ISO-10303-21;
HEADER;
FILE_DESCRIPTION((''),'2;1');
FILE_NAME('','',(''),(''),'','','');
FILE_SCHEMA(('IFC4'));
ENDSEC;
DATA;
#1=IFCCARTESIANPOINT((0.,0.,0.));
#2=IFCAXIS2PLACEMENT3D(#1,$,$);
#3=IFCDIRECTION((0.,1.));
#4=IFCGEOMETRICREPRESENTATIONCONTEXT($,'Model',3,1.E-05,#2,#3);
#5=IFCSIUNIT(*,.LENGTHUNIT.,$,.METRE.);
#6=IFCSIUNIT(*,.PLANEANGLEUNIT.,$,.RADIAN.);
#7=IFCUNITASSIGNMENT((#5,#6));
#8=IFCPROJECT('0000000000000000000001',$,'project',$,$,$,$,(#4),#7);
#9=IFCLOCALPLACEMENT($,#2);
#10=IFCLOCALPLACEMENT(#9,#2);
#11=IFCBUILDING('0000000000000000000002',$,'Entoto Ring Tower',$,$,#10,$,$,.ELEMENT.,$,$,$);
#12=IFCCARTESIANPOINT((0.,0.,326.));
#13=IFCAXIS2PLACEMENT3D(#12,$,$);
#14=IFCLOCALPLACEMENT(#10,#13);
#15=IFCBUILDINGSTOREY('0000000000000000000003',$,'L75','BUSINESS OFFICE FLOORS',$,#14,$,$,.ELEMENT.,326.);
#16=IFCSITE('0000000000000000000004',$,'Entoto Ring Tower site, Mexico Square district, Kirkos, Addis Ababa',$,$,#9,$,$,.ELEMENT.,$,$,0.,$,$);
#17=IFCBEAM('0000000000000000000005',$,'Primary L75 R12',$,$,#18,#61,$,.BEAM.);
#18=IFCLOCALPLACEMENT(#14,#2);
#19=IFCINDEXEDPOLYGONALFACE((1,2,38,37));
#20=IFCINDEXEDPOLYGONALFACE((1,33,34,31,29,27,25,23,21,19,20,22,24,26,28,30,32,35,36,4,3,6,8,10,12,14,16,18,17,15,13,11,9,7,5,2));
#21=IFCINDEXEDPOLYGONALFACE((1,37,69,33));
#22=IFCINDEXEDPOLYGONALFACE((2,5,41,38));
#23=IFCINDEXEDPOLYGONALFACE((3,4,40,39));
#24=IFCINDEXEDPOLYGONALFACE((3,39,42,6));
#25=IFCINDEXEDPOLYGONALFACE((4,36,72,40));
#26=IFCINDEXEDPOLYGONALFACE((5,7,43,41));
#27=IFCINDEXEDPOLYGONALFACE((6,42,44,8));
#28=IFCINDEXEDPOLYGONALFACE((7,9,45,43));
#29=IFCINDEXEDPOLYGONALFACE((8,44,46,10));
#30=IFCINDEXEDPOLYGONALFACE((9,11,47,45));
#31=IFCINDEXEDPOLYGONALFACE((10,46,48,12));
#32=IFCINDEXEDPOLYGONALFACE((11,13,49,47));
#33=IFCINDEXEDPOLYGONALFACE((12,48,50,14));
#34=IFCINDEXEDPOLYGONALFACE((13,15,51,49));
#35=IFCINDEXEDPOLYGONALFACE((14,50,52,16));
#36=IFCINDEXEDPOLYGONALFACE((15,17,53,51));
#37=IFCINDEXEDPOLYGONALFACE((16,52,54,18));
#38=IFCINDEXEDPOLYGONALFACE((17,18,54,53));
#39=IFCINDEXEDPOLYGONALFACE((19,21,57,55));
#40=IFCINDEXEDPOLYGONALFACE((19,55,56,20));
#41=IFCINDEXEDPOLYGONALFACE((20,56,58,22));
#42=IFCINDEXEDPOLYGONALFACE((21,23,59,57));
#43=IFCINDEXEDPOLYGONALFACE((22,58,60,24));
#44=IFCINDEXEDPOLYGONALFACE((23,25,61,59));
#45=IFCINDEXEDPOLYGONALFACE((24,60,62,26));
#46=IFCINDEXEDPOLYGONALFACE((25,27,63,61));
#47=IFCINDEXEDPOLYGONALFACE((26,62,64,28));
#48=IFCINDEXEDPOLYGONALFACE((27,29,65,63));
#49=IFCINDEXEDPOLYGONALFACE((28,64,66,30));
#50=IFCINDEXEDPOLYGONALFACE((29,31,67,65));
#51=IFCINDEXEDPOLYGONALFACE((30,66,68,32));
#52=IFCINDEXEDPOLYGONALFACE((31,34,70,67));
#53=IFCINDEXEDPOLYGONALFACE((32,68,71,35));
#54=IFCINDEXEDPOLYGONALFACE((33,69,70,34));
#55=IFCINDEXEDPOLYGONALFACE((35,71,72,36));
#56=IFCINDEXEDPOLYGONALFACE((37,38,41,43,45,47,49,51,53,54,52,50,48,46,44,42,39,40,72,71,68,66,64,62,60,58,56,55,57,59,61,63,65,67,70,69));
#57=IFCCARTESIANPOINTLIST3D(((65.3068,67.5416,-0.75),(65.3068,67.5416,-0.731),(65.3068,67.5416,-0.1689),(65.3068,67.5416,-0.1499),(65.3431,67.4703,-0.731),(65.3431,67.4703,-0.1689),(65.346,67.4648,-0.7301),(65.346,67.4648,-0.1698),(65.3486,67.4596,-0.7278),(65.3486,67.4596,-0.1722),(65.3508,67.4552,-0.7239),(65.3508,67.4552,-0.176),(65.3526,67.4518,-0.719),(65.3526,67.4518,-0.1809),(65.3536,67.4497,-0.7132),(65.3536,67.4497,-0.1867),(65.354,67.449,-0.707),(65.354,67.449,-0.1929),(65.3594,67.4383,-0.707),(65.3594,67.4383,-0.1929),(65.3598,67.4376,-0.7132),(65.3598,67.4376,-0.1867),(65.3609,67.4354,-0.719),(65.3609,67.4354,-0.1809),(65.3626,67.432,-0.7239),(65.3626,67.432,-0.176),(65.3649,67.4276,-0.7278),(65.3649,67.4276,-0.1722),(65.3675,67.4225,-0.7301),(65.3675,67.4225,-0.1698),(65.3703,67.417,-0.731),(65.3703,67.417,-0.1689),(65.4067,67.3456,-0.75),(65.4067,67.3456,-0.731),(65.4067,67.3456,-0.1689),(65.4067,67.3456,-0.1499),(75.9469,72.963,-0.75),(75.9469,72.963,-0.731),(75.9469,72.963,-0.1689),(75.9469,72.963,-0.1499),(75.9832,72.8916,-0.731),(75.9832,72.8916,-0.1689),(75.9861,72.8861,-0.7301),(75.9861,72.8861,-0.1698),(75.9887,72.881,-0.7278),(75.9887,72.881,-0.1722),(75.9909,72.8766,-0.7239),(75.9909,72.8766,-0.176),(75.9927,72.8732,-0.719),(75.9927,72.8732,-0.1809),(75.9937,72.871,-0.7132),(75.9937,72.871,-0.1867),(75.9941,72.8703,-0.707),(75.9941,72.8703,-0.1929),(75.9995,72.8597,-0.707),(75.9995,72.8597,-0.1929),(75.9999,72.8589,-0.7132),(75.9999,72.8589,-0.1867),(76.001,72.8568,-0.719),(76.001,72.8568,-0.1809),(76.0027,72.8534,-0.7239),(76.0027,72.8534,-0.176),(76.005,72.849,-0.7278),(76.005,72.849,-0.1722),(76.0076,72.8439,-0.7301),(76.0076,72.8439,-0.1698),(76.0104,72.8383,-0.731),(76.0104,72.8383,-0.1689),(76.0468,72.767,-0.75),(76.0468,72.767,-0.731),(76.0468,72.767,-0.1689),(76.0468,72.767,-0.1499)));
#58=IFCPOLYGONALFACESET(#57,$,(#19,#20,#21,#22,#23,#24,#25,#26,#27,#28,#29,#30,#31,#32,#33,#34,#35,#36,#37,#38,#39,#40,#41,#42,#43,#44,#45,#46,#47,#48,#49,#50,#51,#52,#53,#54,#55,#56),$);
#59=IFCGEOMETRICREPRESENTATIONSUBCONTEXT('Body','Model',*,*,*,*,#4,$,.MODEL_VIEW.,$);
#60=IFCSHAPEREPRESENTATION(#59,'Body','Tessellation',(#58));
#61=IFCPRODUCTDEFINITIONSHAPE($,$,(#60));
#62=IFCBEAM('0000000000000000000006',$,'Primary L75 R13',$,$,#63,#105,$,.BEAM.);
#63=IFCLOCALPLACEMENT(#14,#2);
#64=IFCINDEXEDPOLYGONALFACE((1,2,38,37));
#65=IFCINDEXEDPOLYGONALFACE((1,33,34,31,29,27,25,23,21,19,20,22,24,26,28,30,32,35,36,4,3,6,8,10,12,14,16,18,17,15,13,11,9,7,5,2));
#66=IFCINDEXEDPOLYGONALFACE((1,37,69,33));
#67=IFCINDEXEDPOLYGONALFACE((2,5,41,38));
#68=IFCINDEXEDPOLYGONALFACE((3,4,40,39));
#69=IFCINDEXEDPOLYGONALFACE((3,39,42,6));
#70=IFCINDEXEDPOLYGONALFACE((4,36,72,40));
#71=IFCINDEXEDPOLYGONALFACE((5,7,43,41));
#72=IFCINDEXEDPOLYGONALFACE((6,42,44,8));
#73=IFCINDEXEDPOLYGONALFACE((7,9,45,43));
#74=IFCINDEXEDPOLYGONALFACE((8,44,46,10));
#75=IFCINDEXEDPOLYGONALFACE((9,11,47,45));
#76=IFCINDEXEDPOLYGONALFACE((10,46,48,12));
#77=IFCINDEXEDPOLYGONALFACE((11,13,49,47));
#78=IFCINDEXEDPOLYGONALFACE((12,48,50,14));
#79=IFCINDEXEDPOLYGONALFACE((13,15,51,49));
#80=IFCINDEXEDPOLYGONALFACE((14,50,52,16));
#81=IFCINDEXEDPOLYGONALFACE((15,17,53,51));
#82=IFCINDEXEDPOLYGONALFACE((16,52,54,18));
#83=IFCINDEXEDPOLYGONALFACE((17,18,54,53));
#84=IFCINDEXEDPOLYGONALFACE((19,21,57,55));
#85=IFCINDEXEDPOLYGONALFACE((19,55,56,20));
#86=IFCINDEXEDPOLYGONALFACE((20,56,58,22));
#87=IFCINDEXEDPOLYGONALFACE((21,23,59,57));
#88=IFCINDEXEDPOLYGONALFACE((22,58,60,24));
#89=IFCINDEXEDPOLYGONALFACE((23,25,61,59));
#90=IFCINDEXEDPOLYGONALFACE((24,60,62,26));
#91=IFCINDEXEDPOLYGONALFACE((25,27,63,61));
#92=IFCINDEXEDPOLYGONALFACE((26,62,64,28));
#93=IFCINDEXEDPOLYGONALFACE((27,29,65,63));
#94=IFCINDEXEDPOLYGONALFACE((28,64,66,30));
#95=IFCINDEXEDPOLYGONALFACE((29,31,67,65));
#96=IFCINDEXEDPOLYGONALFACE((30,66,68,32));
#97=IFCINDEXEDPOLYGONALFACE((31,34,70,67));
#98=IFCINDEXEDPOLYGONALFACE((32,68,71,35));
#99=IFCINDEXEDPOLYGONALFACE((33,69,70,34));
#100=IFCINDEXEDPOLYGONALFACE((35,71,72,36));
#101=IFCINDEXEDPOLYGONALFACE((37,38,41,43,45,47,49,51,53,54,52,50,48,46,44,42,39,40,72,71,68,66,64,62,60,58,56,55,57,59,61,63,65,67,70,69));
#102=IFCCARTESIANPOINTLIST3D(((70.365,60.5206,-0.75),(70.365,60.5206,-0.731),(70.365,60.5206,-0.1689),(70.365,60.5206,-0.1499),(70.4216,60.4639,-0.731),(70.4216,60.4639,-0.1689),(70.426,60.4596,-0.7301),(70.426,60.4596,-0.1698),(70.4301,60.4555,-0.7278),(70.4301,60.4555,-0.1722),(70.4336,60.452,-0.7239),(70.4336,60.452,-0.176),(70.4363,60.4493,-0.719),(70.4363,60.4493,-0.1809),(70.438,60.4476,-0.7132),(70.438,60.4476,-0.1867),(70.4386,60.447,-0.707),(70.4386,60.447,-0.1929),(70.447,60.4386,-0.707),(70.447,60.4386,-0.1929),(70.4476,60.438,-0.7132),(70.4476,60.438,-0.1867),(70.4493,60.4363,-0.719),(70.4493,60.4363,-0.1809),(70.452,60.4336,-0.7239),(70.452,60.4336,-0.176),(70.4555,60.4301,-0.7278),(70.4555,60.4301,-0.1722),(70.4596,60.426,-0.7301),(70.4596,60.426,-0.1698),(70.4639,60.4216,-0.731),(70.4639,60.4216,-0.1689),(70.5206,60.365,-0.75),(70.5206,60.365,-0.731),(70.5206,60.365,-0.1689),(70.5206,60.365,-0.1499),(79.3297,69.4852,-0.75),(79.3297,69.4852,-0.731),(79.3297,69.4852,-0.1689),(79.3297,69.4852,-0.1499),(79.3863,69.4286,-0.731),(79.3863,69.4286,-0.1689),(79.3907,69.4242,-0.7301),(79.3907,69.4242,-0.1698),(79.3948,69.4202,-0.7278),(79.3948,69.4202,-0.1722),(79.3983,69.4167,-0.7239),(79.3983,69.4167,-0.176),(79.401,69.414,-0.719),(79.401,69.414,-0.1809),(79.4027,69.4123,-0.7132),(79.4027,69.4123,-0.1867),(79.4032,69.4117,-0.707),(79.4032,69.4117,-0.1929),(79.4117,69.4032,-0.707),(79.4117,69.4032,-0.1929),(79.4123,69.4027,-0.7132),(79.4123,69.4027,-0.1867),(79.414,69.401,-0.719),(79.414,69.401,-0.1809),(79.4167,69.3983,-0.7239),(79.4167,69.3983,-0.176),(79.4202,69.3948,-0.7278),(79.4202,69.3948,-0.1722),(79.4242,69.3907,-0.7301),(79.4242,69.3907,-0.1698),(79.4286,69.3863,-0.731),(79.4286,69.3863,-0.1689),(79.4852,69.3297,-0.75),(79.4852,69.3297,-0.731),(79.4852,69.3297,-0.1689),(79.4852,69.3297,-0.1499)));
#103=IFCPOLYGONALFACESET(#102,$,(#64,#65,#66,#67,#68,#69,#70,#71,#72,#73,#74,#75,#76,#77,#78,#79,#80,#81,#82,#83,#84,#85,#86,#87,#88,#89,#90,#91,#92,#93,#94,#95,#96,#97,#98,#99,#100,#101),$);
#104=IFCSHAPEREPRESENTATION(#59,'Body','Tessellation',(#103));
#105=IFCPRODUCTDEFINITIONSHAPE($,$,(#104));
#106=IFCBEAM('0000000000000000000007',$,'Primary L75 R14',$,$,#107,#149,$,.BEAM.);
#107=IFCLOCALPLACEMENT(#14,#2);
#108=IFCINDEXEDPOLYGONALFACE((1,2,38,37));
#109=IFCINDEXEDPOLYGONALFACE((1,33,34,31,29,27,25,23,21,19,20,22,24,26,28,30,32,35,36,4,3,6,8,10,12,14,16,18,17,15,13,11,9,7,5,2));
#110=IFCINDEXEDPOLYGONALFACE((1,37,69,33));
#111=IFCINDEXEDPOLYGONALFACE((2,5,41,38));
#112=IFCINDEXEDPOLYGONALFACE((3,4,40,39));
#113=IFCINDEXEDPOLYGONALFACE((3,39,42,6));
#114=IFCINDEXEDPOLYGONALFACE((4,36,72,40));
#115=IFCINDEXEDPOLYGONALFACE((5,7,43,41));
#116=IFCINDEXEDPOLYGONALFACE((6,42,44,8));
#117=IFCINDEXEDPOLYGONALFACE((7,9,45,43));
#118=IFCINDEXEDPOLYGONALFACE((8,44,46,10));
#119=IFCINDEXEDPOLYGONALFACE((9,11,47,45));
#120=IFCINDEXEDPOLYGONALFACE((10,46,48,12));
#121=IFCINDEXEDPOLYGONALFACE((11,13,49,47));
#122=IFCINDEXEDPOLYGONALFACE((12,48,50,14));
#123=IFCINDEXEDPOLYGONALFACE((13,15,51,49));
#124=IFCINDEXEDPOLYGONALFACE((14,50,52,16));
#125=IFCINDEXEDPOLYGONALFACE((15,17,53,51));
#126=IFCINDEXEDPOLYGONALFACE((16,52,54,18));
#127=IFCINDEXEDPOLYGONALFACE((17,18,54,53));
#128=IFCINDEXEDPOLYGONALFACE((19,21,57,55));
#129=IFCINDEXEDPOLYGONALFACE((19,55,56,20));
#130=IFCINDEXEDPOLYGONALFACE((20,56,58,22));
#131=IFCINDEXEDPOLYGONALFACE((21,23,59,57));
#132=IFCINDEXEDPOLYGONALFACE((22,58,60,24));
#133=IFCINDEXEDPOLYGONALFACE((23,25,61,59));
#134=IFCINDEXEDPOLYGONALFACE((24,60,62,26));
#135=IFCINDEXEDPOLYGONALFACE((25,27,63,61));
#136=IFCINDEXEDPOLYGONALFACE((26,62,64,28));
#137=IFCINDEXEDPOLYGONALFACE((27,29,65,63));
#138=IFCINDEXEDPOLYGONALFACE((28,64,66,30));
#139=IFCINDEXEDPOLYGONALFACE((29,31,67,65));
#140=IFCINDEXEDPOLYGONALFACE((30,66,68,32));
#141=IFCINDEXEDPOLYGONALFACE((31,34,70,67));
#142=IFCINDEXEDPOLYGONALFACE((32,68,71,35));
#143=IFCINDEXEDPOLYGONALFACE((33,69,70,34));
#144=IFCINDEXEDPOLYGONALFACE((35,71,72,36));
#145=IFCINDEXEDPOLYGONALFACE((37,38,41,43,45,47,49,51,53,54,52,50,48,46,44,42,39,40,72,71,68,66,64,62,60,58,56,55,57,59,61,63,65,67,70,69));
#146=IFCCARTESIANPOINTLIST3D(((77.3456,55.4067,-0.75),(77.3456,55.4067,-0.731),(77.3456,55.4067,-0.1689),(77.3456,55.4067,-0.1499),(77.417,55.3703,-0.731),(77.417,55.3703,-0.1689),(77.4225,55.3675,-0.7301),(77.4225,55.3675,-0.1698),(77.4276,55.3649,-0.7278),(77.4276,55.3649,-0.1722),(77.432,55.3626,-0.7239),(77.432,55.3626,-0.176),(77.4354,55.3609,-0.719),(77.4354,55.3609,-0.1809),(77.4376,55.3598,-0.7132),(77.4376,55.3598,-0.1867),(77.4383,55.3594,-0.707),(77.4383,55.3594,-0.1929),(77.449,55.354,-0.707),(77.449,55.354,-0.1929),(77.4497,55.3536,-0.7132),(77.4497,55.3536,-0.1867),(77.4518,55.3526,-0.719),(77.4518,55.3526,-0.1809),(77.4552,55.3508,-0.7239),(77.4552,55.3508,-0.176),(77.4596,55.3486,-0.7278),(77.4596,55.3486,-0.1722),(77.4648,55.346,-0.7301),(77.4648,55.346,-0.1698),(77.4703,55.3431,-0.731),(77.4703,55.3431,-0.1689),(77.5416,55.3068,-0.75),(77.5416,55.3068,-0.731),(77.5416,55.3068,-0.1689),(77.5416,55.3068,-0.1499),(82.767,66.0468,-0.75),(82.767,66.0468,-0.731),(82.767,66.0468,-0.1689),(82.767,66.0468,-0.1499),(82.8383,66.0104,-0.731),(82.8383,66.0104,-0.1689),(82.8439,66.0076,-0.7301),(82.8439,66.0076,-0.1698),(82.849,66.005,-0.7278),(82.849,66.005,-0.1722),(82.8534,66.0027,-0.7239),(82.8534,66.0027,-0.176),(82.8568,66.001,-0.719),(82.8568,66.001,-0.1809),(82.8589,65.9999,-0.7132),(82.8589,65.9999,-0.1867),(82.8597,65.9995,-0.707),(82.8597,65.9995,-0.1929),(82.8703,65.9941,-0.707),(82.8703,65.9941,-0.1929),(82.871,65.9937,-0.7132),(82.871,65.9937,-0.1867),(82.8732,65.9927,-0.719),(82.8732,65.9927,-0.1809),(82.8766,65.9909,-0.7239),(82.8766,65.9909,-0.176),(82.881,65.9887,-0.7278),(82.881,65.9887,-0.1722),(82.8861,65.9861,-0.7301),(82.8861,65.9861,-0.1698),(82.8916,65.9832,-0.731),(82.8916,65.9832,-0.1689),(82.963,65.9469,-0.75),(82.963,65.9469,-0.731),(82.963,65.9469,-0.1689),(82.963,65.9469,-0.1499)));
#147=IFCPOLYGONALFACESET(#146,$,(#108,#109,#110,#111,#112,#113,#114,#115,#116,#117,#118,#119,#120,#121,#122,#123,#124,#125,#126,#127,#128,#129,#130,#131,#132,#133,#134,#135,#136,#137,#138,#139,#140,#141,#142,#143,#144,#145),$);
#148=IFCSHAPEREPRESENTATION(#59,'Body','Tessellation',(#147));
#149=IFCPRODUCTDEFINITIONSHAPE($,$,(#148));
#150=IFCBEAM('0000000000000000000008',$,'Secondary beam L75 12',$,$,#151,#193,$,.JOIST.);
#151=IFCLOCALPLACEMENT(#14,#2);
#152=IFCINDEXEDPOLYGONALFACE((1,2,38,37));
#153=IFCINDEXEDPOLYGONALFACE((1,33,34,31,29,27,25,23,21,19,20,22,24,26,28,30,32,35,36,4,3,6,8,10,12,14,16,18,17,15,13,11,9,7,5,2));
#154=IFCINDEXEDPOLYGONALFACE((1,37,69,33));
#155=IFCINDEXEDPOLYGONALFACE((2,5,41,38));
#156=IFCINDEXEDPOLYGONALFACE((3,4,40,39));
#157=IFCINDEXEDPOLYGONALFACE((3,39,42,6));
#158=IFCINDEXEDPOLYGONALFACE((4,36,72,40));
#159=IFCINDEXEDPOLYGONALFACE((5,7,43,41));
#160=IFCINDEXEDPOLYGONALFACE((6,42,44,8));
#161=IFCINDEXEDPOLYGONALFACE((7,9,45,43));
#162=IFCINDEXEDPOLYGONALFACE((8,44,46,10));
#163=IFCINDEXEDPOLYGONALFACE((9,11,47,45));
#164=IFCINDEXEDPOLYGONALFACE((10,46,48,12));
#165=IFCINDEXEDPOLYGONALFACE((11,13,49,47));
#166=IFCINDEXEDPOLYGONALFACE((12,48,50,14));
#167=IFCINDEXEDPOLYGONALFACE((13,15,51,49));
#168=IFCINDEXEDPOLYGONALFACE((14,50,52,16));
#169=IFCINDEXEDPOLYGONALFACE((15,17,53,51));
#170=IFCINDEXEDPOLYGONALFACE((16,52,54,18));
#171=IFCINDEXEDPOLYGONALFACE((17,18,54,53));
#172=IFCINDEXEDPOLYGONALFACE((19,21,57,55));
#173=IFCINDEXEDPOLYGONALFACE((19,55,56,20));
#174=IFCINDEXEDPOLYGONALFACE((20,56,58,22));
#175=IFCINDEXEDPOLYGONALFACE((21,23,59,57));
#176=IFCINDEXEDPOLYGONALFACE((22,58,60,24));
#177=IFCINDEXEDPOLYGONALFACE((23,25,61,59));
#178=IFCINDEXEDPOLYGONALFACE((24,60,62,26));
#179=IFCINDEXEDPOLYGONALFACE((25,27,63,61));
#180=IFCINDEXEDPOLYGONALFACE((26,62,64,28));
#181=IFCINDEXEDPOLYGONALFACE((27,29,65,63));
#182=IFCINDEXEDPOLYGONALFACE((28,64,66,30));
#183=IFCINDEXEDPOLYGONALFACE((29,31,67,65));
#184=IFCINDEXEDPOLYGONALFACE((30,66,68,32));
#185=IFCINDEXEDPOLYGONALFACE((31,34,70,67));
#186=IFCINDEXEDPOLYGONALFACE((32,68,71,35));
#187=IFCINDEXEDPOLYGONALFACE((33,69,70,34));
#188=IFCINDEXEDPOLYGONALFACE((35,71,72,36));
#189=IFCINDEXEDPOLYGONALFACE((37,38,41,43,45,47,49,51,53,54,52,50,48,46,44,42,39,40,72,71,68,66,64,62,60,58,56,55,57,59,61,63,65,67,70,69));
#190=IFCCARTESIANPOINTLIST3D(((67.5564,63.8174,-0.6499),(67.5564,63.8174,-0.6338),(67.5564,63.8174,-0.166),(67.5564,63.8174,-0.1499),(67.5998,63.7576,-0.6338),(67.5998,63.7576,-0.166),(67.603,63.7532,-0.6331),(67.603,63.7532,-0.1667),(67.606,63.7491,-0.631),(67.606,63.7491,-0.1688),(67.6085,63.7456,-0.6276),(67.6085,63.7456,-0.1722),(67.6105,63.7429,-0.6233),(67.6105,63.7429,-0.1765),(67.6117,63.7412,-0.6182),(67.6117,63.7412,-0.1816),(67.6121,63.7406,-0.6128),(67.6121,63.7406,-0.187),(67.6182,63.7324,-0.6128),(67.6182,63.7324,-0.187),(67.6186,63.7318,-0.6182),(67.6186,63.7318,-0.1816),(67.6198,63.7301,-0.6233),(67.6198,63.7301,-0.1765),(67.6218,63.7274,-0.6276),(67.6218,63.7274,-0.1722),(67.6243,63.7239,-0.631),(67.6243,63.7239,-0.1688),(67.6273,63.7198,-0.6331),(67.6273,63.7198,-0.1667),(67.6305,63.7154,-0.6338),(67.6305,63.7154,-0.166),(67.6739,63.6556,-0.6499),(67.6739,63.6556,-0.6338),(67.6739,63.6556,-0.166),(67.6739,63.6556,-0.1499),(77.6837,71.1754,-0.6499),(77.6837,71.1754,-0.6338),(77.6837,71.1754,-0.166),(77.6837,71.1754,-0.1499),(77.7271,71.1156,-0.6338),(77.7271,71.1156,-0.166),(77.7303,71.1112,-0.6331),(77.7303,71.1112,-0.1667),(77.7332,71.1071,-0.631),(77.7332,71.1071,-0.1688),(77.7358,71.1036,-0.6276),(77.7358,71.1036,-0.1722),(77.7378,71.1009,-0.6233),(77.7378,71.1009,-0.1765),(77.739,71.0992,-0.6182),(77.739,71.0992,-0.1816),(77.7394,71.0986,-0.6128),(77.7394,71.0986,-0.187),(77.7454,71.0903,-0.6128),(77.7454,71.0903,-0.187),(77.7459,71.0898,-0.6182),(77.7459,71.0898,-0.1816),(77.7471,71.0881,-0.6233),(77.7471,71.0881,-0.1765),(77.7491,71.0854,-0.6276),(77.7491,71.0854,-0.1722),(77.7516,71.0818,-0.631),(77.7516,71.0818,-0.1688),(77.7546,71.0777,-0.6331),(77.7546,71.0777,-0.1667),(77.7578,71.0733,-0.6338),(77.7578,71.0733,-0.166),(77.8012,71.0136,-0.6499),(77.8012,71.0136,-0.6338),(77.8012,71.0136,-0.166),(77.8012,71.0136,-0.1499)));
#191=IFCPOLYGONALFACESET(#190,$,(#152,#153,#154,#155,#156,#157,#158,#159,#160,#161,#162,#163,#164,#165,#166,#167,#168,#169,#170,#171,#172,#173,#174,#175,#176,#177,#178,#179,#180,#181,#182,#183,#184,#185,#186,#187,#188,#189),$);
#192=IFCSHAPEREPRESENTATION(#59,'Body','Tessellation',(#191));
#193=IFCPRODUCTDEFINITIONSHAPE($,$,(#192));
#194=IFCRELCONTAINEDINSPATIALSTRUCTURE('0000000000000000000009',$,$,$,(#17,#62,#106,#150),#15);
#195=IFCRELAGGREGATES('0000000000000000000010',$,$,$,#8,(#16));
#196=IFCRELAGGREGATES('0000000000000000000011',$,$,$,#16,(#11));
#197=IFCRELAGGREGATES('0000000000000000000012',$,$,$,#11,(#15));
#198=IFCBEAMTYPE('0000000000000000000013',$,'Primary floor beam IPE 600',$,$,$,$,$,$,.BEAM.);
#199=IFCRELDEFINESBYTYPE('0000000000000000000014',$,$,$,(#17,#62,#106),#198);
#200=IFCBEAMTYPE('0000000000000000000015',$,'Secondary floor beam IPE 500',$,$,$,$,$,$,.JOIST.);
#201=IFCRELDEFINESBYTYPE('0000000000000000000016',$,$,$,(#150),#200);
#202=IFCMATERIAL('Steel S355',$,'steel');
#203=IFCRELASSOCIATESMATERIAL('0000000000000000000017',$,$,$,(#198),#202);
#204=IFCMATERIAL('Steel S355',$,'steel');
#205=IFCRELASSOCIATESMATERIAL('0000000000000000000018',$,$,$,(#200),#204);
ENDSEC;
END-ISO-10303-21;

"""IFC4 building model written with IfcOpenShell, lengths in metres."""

from ifc_helpers import new_model, si_unit, direction, frame, origin, origin_2d, place, context, subcontext, project, spatial, i_section, extrude, material, material_profile, profile_set, type_object, element, save


model = new_model("IFC4")

# Units and contexts
model_context = context("Model", 3, precision=1e-05, world=origin(), true_north=direction((0.0, 1.0)))
body_context = subcontext(model_context, "Body", "Model", "MODEL_VIEW")
ifc_project = project(units=[si_unit("LENGTHUNIT", "METRE"), si_unit("PLANEANGLEUNIT", "RADIAN")], contexts=[model_context])

# Site, building, storey
site_placement = place(None, origin())
site = spatial("IfcSite", under=ifc_project, at=site_placement, Name="Entoto Ring Tower site, Mexico Square district, Kirkos, Addis Ababa", CompositionType="ELEMENT", RefElevation=0.0)
building_placement = place(site_placement, origin())
building = spatial("IfcBuilding", under=site, at=building_placement, Name="Entoto Ring Tower", CompositionType="ELEMENT")
storey_placement = place(building_placement, frame((0.0, 0.0, 326.0)))
storey = spatial("IfcBuildingStorey", under=building, at=storey_placement, Name="L75", Description="BUSINESS OFFICE FLOORS", CompositionType="ELEMENT", Elevation=326.0)

# Beams
ifc_material_1 = material(Name="Steel S355", Category="steel")
ifc_material_profile_1 = material_profile(ifc_material_1, i_section(OverallWidth=0.22, OverallDepth=0.6001, WebThickness=0.012, FlangeThickness=0.019, FilletRadius=0.0239, at=origin_2d()), Name="IPE 600")
ifc_profile_set_1 = profile_set([ifc_material_profile_1], Name="Steel S355")
beam_type_1 = type_object("IfcBeamType", Name="Primary floor beam IPE 600", PredefinedType="BEAM", material=ifc_profile_set_1)
beam_1_placement = place(storey_placement, frame((75.9968, 72.865, -0.45), z_axis=(-0.891008, -0.453988, 0.0), x_axis=(0.453988, -0.891008, 0.0)))
element("IfcBeam", 1, at=beam_1_placement, inside=storey, type_object=beam_type_1, Name="Primary L75 R12", PredefinedType="BEAM", context=body_context, shape_type="SweptSolid", body=[
    extrude(i_section(OverallWidth=0.22, OverallDepth=0.6001, WebThickness=0.012, FlangeThickness=0.019, FilletRadius=0.0239, at=origin_2d()), origin(), (0.0, 0.0, 1.0), 11.9417),
])
beam_2_placement = place(storey_placement, frame((79.4075, 69.4075, -0.45), z_axis=(-0.707107, -0.707107, 0.0), x_axis=(0.707107, -0.707107, 0.0)))
element("IfcBeam", 2, at=beam_2_placement, inside=storey, type_object=beam_type_1, Name="Primary L75 R13", PredefinedType="BEAM", context=body_context, shape_type="SweptSolid", body=[
    extrude(i_section(OverallWidth=0.22, OverallDepth=0.6001, WebThickness=0.012, FlangeThickness=0.019, FilletRadius=0.0239, at=origin_2d()), origin(), (0.0, 0.0, 1.0), 12.678),
])
beam_3_placement = place(storey_placement, frame((82.865, 65.9968, -0.45), z_axis=(-0.453988, -0.891008, 0.0), x_axis=(0.891008, -0.453988, 0.0)))
element("IfcBeam", 3, at=beam_3_placement, inside=storey, type_object=beam_type_1, Name="Primary L75 R14", PredefinedType="BEAM", context=body_context, shape_type="SweptSolid", body=[
    extrude(i_section(OverallWidth=0.22, OverallDepth=0.6001, WebThickness=0.012, FlangeThickness=0.019, FilletRadius=0.0239, at=origin_2d()), origin(), (0.0, 0.0, 1.0), 11.9417),
])
ifc_material_2 = material(Name="Steel S355", Category="steel")
ifc_material_profile_2 = material_profile(ifc_material_2, i_section(OverallWidth=0.2, OverallDepth=0.5, WebThickness=0.0103, FlangeThickness=0.0161, FilletRadius=0.021, at=origin_2d()), Name="IPE 500")
ifc_profile_set_2 = profile_set([ifc_material_profile_2], Name="Steel S355")
beam_type_2 = type_object("IfcBeamType", Name="Secondary floor beam IPE 500", PredefinedType="JOIST", material=ifc_profile_set_2)
for number, where, z_axis, x_axis, name in (
    (4, (77.7424, 71.0945, -0.3999), (-0.809014, -0.587789, 0.0), (0.587789, -0.809014, 0.0), "Secondary beam L75 12"),
):
    element("IfcBeam", number, at=place(storey_placement, frame(where, z_axis=z_axis, x_axis=x_axis)), inside=storey, type_object=beam_type_2, Name=name, PredefinedType="JOIST", context=body_context, shape_type="SweptSolid", body=[
        extrude(i_section(OverallWidth=0.2, OverallDepth=0.5, WebThickness=0.0103, FlangeThickness=0.0161, FilletRadius=0.021, at=origin_2d()), origin(), (0.0, 0.0, 1.0), 12.5181),
    ])

save(model, "model.ifc")
